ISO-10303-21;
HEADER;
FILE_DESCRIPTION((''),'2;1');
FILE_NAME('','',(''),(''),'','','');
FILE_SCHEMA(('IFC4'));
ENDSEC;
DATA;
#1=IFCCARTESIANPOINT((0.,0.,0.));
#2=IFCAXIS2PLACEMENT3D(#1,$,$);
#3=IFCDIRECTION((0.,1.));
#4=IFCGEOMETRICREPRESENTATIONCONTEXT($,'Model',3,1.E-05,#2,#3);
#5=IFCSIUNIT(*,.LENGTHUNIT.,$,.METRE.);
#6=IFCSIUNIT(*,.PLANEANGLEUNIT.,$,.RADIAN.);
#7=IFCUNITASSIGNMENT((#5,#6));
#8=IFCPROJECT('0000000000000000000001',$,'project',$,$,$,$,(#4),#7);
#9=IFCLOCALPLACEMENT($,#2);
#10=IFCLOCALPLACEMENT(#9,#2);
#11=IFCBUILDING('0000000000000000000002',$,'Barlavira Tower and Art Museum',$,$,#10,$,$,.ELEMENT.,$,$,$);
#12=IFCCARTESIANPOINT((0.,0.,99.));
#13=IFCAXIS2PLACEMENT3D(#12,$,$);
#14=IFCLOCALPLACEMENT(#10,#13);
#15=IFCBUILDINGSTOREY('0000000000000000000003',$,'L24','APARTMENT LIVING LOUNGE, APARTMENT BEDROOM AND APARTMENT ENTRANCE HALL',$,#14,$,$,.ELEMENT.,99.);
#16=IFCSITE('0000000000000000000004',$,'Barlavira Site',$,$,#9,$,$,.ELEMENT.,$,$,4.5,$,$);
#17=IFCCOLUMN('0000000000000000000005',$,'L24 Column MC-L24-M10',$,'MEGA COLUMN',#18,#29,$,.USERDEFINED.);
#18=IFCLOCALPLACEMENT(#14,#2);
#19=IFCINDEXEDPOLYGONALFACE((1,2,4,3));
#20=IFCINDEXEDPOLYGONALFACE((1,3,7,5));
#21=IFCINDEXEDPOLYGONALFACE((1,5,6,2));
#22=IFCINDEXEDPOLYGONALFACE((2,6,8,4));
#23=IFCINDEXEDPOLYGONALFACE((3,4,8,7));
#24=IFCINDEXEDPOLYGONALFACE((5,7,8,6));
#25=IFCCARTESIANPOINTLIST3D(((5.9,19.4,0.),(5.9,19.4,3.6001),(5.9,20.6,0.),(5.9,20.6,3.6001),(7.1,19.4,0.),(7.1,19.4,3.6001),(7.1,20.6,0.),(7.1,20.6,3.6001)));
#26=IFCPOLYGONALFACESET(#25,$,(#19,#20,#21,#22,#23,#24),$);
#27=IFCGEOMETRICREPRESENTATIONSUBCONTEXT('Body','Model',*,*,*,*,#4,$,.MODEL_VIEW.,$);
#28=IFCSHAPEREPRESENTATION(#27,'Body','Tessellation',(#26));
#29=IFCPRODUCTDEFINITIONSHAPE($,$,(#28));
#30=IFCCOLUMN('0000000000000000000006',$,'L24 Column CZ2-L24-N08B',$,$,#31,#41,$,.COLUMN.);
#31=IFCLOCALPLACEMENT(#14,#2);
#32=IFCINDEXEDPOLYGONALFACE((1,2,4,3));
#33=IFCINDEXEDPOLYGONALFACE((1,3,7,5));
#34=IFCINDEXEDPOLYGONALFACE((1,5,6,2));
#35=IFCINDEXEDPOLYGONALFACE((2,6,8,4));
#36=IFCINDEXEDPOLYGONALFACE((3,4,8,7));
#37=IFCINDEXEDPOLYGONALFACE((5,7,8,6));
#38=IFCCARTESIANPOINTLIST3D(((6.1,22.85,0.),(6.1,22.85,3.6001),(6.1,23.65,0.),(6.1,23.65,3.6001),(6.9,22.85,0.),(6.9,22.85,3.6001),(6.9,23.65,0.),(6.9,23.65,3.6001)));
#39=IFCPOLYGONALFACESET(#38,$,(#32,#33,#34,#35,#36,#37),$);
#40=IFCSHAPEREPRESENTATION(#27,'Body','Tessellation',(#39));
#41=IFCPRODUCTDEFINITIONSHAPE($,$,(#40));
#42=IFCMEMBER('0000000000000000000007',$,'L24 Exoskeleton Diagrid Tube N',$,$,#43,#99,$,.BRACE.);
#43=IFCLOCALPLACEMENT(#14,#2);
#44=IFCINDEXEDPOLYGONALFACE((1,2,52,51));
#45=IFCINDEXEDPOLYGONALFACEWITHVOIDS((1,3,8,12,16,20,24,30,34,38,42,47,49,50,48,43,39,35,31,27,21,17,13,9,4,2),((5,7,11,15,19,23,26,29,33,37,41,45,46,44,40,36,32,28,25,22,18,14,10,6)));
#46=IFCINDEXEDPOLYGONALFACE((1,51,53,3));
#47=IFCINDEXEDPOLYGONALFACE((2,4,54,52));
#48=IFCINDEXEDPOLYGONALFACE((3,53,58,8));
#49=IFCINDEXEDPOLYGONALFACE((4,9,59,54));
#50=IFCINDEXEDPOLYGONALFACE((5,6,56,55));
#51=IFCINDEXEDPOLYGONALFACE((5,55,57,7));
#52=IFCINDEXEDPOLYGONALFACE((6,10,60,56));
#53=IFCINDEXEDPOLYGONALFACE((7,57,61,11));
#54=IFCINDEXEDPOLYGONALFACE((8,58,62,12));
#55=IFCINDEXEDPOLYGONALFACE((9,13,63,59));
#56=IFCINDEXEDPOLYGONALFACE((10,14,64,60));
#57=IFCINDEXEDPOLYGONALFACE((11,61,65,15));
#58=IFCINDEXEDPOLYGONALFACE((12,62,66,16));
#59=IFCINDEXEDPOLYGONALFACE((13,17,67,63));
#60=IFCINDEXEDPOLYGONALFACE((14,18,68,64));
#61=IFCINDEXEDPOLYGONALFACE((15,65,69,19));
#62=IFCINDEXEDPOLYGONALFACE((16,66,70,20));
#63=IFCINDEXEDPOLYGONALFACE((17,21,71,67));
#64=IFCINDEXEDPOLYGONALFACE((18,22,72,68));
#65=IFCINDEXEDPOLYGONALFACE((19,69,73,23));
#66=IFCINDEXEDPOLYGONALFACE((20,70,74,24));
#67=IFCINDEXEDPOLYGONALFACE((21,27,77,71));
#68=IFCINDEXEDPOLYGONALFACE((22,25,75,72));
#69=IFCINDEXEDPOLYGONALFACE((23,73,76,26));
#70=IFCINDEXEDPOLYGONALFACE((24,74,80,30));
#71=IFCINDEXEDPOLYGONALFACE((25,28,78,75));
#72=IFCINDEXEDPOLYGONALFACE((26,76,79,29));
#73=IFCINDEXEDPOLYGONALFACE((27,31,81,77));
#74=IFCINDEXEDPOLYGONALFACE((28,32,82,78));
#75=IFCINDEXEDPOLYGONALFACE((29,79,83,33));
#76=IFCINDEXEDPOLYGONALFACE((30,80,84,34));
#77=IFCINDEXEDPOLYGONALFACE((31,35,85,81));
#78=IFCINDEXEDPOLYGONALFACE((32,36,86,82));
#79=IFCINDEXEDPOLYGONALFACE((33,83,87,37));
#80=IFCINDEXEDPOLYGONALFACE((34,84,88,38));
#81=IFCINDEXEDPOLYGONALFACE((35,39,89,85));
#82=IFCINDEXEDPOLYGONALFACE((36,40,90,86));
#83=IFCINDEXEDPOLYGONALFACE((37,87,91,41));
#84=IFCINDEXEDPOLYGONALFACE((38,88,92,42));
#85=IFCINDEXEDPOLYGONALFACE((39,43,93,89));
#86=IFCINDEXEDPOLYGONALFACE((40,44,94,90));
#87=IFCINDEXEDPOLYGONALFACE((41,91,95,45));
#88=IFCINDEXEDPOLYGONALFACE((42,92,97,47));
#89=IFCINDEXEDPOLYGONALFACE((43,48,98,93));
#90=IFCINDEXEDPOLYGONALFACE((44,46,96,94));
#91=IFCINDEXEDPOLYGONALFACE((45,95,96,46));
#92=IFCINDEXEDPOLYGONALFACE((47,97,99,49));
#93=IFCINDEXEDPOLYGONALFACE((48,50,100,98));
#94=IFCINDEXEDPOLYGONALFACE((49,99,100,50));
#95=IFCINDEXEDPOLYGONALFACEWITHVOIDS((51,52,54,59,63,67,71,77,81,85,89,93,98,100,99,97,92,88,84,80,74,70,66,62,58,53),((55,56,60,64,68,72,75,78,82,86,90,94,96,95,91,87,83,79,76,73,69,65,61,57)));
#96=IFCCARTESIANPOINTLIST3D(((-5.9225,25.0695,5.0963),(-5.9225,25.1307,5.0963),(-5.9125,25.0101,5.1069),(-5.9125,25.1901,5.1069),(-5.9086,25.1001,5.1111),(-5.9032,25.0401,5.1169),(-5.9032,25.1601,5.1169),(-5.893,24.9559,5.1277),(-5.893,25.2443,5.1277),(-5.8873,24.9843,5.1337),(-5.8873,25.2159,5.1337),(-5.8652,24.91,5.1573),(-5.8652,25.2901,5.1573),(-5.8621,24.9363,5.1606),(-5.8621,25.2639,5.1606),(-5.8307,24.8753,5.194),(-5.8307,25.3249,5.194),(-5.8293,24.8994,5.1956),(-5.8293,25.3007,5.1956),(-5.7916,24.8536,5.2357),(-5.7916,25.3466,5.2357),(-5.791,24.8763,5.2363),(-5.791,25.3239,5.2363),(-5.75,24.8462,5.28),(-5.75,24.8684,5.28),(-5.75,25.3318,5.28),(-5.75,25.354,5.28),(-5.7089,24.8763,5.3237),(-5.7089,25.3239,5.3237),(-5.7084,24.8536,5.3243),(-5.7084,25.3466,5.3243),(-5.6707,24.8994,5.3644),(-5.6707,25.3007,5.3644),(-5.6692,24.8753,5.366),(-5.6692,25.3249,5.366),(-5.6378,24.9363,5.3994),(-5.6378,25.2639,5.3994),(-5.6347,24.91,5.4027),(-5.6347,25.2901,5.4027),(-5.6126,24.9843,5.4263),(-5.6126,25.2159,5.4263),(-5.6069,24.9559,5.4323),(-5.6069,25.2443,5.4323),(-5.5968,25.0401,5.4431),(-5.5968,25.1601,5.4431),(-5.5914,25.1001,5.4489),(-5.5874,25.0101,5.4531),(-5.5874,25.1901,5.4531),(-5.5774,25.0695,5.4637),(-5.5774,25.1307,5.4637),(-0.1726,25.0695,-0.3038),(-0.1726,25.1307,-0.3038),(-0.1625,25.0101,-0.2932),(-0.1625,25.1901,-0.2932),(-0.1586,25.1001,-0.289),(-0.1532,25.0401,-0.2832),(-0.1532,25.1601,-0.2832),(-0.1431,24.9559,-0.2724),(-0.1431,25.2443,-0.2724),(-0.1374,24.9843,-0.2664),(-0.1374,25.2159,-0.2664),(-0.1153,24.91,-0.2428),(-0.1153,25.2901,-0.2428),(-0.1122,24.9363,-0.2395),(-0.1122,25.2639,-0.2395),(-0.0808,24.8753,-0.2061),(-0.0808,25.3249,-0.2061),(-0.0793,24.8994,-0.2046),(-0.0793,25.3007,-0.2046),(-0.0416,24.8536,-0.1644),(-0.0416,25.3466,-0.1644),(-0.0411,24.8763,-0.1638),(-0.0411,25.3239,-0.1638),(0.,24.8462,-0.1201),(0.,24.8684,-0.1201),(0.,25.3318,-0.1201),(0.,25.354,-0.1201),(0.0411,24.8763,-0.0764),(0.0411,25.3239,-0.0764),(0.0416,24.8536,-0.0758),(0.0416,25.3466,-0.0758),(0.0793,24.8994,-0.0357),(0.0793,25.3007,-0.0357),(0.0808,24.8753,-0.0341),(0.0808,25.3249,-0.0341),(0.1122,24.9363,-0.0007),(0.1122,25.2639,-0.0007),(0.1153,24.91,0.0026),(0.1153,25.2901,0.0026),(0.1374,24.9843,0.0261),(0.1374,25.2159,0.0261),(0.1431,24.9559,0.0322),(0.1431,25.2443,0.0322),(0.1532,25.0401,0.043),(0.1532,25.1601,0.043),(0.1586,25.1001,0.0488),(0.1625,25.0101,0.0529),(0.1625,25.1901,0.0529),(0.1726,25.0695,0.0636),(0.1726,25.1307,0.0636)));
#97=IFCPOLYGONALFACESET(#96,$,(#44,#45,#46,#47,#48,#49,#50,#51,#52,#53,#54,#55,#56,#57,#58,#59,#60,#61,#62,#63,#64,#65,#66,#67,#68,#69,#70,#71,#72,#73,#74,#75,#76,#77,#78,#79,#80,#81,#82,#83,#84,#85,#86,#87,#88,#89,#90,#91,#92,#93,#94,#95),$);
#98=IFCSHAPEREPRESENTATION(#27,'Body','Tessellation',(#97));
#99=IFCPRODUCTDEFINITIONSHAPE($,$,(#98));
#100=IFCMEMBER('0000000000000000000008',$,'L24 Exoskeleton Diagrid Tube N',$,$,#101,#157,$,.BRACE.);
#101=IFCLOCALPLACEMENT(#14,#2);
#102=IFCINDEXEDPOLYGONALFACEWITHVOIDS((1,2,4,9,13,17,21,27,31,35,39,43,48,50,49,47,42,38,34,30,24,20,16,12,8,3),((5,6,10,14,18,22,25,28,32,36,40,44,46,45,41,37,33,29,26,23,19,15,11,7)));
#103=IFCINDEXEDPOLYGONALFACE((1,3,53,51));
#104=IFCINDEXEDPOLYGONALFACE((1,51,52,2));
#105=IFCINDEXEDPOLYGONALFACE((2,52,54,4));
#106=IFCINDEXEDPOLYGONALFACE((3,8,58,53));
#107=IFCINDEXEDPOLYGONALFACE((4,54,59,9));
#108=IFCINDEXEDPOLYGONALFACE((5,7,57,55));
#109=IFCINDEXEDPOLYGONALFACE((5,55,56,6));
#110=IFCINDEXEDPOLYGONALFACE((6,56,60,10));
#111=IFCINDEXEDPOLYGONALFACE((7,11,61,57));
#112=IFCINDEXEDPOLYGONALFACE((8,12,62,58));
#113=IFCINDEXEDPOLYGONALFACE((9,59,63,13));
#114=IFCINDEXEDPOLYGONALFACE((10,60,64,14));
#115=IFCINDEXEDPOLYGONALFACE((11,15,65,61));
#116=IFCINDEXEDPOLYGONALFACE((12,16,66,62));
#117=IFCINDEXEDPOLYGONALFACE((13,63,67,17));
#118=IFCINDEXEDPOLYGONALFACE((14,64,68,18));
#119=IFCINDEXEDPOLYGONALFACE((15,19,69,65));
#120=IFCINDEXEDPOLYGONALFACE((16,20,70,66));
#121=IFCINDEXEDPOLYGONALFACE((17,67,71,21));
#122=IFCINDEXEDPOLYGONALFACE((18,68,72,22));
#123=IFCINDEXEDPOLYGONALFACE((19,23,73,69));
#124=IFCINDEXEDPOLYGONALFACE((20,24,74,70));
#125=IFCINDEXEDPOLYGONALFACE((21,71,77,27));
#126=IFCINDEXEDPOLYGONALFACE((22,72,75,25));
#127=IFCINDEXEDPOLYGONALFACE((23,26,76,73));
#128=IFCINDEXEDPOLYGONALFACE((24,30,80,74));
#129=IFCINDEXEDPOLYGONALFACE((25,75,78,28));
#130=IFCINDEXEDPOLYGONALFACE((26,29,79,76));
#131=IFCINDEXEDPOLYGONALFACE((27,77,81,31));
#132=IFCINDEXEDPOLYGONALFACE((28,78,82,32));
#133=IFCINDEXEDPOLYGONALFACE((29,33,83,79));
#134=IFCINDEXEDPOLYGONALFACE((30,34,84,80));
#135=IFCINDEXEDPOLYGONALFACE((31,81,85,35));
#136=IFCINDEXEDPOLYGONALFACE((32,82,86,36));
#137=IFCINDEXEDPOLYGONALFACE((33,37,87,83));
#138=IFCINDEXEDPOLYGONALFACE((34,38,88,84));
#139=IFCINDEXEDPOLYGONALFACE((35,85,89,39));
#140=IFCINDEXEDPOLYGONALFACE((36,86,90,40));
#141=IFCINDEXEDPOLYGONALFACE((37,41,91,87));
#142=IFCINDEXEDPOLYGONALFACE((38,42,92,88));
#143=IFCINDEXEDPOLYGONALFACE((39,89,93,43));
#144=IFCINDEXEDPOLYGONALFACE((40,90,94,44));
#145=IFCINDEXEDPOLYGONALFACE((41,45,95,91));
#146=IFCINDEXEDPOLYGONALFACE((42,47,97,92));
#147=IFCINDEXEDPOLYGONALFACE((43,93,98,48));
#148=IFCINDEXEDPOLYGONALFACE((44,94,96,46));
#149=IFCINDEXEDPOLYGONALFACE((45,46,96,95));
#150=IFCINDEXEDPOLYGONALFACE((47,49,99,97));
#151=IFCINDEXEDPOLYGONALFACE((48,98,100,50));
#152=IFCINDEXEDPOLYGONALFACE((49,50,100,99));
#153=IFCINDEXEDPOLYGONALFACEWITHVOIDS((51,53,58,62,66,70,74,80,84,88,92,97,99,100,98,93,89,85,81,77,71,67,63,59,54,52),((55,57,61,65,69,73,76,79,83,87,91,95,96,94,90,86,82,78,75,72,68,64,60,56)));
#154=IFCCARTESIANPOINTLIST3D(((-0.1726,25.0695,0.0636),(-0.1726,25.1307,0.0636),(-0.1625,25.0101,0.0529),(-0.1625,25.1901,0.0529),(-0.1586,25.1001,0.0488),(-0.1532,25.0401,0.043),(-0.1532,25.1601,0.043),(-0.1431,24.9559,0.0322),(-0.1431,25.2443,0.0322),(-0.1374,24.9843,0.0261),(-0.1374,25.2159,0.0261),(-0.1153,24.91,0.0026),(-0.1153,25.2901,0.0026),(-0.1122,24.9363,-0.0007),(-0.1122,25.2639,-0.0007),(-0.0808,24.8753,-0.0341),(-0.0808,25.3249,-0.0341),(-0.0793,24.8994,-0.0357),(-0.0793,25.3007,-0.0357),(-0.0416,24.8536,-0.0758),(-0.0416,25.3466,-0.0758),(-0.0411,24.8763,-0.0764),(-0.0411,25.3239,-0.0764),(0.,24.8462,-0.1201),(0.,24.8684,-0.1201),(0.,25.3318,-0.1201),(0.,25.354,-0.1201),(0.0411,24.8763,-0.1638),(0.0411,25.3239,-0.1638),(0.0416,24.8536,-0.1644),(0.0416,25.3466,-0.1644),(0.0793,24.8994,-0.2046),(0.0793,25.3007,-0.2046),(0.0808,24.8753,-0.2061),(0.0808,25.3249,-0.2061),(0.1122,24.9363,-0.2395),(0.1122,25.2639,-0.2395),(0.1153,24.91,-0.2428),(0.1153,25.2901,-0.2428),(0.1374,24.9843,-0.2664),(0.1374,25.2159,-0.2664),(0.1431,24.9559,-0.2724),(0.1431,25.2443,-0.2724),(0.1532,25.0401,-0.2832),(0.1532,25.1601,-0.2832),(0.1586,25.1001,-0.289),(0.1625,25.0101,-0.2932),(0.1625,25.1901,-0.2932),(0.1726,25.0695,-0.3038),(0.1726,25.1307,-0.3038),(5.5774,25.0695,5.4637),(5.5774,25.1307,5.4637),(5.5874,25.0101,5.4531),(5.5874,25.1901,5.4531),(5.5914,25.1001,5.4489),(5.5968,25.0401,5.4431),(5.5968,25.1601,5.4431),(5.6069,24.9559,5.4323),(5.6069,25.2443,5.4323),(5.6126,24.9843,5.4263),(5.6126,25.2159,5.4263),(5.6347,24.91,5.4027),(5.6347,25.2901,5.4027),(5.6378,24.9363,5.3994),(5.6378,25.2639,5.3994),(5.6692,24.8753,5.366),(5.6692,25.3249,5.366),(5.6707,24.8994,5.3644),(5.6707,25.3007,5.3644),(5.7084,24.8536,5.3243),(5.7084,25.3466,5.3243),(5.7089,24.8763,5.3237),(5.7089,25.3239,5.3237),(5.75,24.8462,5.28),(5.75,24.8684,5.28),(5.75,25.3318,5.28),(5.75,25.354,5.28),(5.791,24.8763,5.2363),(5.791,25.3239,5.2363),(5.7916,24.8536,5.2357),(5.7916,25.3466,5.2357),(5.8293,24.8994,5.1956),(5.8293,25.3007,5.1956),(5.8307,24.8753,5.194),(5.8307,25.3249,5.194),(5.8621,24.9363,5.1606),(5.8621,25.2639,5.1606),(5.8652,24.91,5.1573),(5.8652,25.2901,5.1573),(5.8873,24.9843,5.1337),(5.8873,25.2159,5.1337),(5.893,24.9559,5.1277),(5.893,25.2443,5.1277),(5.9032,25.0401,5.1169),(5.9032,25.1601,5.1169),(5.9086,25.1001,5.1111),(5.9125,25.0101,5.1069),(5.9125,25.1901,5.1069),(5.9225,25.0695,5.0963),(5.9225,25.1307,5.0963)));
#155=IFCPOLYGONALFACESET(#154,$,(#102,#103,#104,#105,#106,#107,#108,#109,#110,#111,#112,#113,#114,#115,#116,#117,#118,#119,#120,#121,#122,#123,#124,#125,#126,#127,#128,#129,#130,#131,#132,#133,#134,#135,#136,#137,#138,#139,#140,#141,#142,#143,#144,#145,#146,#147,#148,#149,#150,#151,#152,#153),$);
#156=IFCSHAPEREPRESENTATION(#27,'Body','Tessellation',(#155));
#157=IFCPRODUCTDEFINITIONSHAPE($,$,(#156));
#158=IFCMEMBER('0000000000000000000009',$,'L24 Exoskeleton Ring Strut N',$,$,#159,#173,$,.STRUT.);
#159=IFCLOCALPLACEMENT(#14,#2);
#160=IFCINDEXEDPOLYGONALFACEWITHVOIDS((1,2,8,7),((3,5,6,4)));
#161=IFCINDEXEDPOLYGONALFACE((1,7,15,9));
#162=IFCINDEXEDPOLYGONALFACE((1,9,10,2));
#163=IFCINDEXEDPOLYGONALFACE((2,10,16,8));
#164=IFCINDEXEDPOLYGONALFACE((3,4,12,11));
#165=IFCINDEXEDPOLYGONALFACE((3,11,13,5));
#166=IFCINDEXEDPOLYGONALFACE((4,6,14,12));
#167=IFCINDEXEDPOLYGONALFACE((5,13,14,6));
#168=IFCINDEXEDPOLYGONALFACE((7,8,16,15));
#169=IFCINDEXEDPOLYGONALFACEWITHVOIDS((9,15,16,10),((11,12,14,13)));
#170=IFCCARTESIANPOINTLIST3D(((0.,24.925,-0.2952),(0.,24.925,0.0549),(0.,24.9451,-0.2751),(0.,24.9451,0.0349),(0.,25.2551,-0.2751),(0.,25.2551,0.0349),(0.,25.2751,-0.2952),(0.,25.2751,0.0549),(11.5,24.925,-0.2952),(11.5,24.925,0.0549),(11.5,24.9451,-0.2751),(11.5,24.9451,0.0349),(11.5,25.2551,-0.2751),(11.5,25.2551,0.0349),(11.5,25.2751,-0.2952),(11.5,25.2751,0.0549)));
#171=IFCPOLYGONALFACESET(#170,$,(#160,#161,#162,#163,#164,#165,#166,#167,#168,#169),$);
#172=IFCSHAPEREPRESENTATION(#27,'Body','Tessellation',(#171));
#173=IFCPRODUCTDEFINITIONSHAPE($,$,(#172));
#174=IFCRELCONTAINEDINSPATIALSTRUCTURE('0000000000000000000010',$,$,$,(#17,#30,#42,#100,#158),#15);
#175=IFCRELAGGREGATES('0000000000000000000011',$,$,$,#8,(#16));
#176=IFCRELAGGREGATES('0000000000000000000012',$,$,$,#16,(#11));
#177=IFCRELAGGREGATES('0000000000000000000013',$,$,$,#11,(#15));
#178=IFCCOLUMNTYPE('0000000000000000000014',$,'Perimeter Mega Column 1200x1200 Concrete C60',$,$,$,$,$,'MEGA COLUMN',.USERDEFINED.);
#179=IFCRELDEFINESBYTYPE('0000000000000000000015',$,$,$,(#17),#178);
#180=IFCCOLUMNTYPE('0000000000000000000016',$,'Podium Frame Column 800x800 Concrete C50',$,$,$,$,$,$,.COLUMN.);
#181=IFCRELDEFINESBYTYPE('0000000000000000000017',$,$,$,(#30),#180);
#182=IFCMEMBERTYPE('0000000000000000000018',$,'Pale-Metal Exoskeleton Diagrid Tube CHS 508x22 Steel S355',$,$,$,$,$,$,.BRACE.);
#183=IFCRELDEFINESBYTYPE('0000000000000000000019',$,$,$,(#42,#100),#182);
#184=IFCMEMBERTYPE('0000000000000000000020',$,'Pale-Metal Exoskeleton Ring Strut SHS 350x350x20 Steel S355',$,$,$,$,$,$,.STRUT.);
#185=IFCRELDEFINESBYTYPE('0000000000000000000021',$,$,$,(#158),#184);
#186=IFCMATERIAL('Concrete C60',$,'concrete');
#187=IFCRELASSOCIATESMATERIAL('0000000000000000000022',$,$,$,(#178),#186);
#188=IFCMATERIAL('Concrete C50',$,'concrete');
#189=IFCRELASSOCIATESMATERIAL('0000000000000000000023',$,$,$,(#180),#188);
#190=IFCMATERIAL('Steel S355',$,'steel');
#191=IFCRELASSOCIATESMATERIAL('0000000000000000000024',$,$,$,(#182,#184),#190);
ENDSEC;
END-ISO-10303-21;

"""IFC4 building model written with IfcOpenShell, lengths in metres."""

from ifc_helpers import new_model, si_unit, direction, frame, origin, origin_2d, place, context, subcontext, project, spatial, rectangle, hollow_rectangle, hollow_circle, extrude, material, material_profile, profile_set, type_object, element, save


model = new_model("IFC4")

# Units and contexts
model_context = context("Model", 3, precision=1e-05, world=origin(), true_north=direction((0.0, 1.0)))
body_context = subcontext(model_context, "Body", "Model", "MODEL_VIEW")
ifc_project = project(units=[si_unit("LENGTHUNIT", "METRE"), si_unit("PLANEANGLEUNIT", "RADIAN")], contexts=[model_context])

# Site, building, storey
site_placement = place(None, origin())
site = spatial("IfcSite", under=ifc_project, at=site_placement, Name="Barlavira Site", CompositionType="ELEMENT", RefElevation=4.5)
building_placement = place(site_placement, origin())
building = spatial("IfcBuilding", under=site, at=building_placement, Name="Barlavira Tower and Art Museum", CompositionType="ELEMENT")
storey_placement = place(building_placement, frame((0.0, 0.0, 99.0)))
storey = spatial("IfcBuildingStorey", under=building, at=storey_placement, Name="L24", Description="APARTMENT LIVING LOUNGE, APARTMENT BEDROOM AND APARTMENT ENTRANCE HALL", CompositionType="ELEMENT", Elevation=99.0)

# Columns
ifc_material_1 = material(Name="Concrete C60", Category="concrete")
ifc_material_profile_1 = material_profile(ifc_material_1, rectangle(XDim=1.2, YDim=1.2, at=origin_2d()), Name="RC-COL 1200x1200")
ifc_profile_set_1 = profile_set([ifc_material_profile_1], Name="Concrete C60")
column_type_1 = type_object("IfcColumnType", Name="Perimeter Mega Column 1200x1200 Concrete C60", ElementType="MEGA COLUMN", PredefinedType="USERDEFINED", material=ifc_profile_set_1)
column_1_placement = place(storey_placement, frame((6.5, 20.0, 0.0), z_axis=(0.0, 0.0, 1.0), x_axis=(1.0, 0.0, 0.0)))
element("IfcColumn", 1, at=column_1_placement, inside=storey, type_object=column_type_1, Name="L24 Column MC-L24-M10", ObjectType="MEGA COLUMN", PredefinedType="USERDEFINED", context=body_context, shape_type="SweptSolid", body=[
    extrude(rectangle(XDim=1.2, YDim=1.2, at=origin_2d()), origin(), (0.0, 0.0, 1.0), 3.6001),
])
ifc_material_2 = material(Name="Concrete C50", Category="concrete")
ifc_material_profile_2 = material_profile(ifc_material_2, rectangle(XDim=0.8, YDim=0.8, at=origin_2d()), Name="RC-COL 800x800")
ifc_profile_set_2 = profile_set([ifc_material_profile_2], Name="Concrete C50")
column_type_2 = type_object("IfcColumnType", Name="Podium Frame Column 800x800 Concrete C50", PredefinedType="COLUMN", material=ifc_profile_set_2)
column_2_placement = place(storey_placement, frame((6.5, 23.25, 0.0), z_axis=(0.0, 0.0, 1.0), x_axis=(1.0, 0.0, 0.0)))
element("IfcColumn", 2, at=column_2_placement, inside=storey, type_object=column_type_2, Name="L24 Column CZ2-L24-N08B", PredefinedType="COLUMN", context=body_context, shape_type="SweptSolid", body=[
    extrude(rectangle(XDim=0.8, YDim=0.8, at=origin_2d()), origin(), (0.0, 0.0, 1.0), 3.6001),
])

# Members
ifc_material_3 = material(Name="Steel S355", Category="steel")
ifc_material_profile_3 = material_profile(ifc_material_3, hollow_circle(Radius=0.2539, WallThickness=0.0222, at=origin_2d()), Name="CHS 508.0x22.2")
ifc_profile_set_3 = profile_set([ifc_material_profile_3], Name="Steel S355")
member_type_1 = type_object("IfcMemberType", Name="Pale-Metal Exoskeleton Diagrid Tube CHS 508x22 Steel S355", PredefinedType="BRACE", material=ifc_profile_set_3)
for number, where, z_axis, x_axis, name in (
    (3, (0.0, 25.1001, -0.1201), (-0.728935, 0.0, 0.684583), (0.0, -1.0, 0.0), "L24 Exoskeleton Diagrid Tube N"),
    (4, (0.0, 25.1001, -0.1201), (0.728935, 0.0, 0.684583), (0.0, 1.0, 0.0), "L24 Exoskeleton Diagrid Tube N"),
):
    element("IfcMember", number, at=place(storey_placement, frame(where, z_axis=z_axis, x_axis=x_axis)), inside=storey, type_object=member_type_1, Name=name, PredefinedType="BRACE", context=body_context, shape_type="SweptSolid", body=[
        extrude(hollow_circle(Radius=0.2539, WallThickness=0.0222, at=origin_2d()), origin(), (0.0, 0.0, 1.0), 7.8882),
    ])
ifc_material_profile_4 = material_profile(ifc_material_3, hollow_rectangle(XDim=0.3501, YDim=0.3501, WallThickness=0.02, at=origin_2d()), Name="SHS 350x350x20.0")
ifc_profile_set_4 = profile_set([ifc_material_profile_4], Name="Steel S355")
member_type_2 = type_object("IfcMemberType", Name="Pale-Metal Exoskeleton Ring Strut SHS 350x350x20 Steel S355", PredefinedType="STRUT", material=ifc_profile_set_4)
member_1_placement = place(storey_placement, frame((0.0, 25.1001, -0.1201), z_axis=(1.0, 0.0, 0.0), x_axis=(0.0, 1.0, 0.0)))
element("IfcMember", 5, at=member_1_placement, inside=storey, type_object=member_type_2, Name="L24 Exoskeleton Ring Strut N", PredefinedType="STRUT", context=body_context, shape_type="SweptSolid", body=[
    extrude(hollow_rectangle(XDim=0.3501, YDim=0.3501, WallThickness=0.02, at=origin_2d()), origin(), (0.0, 0.0, 1.0), 11.5),
])

save(model, "model.ifc")
